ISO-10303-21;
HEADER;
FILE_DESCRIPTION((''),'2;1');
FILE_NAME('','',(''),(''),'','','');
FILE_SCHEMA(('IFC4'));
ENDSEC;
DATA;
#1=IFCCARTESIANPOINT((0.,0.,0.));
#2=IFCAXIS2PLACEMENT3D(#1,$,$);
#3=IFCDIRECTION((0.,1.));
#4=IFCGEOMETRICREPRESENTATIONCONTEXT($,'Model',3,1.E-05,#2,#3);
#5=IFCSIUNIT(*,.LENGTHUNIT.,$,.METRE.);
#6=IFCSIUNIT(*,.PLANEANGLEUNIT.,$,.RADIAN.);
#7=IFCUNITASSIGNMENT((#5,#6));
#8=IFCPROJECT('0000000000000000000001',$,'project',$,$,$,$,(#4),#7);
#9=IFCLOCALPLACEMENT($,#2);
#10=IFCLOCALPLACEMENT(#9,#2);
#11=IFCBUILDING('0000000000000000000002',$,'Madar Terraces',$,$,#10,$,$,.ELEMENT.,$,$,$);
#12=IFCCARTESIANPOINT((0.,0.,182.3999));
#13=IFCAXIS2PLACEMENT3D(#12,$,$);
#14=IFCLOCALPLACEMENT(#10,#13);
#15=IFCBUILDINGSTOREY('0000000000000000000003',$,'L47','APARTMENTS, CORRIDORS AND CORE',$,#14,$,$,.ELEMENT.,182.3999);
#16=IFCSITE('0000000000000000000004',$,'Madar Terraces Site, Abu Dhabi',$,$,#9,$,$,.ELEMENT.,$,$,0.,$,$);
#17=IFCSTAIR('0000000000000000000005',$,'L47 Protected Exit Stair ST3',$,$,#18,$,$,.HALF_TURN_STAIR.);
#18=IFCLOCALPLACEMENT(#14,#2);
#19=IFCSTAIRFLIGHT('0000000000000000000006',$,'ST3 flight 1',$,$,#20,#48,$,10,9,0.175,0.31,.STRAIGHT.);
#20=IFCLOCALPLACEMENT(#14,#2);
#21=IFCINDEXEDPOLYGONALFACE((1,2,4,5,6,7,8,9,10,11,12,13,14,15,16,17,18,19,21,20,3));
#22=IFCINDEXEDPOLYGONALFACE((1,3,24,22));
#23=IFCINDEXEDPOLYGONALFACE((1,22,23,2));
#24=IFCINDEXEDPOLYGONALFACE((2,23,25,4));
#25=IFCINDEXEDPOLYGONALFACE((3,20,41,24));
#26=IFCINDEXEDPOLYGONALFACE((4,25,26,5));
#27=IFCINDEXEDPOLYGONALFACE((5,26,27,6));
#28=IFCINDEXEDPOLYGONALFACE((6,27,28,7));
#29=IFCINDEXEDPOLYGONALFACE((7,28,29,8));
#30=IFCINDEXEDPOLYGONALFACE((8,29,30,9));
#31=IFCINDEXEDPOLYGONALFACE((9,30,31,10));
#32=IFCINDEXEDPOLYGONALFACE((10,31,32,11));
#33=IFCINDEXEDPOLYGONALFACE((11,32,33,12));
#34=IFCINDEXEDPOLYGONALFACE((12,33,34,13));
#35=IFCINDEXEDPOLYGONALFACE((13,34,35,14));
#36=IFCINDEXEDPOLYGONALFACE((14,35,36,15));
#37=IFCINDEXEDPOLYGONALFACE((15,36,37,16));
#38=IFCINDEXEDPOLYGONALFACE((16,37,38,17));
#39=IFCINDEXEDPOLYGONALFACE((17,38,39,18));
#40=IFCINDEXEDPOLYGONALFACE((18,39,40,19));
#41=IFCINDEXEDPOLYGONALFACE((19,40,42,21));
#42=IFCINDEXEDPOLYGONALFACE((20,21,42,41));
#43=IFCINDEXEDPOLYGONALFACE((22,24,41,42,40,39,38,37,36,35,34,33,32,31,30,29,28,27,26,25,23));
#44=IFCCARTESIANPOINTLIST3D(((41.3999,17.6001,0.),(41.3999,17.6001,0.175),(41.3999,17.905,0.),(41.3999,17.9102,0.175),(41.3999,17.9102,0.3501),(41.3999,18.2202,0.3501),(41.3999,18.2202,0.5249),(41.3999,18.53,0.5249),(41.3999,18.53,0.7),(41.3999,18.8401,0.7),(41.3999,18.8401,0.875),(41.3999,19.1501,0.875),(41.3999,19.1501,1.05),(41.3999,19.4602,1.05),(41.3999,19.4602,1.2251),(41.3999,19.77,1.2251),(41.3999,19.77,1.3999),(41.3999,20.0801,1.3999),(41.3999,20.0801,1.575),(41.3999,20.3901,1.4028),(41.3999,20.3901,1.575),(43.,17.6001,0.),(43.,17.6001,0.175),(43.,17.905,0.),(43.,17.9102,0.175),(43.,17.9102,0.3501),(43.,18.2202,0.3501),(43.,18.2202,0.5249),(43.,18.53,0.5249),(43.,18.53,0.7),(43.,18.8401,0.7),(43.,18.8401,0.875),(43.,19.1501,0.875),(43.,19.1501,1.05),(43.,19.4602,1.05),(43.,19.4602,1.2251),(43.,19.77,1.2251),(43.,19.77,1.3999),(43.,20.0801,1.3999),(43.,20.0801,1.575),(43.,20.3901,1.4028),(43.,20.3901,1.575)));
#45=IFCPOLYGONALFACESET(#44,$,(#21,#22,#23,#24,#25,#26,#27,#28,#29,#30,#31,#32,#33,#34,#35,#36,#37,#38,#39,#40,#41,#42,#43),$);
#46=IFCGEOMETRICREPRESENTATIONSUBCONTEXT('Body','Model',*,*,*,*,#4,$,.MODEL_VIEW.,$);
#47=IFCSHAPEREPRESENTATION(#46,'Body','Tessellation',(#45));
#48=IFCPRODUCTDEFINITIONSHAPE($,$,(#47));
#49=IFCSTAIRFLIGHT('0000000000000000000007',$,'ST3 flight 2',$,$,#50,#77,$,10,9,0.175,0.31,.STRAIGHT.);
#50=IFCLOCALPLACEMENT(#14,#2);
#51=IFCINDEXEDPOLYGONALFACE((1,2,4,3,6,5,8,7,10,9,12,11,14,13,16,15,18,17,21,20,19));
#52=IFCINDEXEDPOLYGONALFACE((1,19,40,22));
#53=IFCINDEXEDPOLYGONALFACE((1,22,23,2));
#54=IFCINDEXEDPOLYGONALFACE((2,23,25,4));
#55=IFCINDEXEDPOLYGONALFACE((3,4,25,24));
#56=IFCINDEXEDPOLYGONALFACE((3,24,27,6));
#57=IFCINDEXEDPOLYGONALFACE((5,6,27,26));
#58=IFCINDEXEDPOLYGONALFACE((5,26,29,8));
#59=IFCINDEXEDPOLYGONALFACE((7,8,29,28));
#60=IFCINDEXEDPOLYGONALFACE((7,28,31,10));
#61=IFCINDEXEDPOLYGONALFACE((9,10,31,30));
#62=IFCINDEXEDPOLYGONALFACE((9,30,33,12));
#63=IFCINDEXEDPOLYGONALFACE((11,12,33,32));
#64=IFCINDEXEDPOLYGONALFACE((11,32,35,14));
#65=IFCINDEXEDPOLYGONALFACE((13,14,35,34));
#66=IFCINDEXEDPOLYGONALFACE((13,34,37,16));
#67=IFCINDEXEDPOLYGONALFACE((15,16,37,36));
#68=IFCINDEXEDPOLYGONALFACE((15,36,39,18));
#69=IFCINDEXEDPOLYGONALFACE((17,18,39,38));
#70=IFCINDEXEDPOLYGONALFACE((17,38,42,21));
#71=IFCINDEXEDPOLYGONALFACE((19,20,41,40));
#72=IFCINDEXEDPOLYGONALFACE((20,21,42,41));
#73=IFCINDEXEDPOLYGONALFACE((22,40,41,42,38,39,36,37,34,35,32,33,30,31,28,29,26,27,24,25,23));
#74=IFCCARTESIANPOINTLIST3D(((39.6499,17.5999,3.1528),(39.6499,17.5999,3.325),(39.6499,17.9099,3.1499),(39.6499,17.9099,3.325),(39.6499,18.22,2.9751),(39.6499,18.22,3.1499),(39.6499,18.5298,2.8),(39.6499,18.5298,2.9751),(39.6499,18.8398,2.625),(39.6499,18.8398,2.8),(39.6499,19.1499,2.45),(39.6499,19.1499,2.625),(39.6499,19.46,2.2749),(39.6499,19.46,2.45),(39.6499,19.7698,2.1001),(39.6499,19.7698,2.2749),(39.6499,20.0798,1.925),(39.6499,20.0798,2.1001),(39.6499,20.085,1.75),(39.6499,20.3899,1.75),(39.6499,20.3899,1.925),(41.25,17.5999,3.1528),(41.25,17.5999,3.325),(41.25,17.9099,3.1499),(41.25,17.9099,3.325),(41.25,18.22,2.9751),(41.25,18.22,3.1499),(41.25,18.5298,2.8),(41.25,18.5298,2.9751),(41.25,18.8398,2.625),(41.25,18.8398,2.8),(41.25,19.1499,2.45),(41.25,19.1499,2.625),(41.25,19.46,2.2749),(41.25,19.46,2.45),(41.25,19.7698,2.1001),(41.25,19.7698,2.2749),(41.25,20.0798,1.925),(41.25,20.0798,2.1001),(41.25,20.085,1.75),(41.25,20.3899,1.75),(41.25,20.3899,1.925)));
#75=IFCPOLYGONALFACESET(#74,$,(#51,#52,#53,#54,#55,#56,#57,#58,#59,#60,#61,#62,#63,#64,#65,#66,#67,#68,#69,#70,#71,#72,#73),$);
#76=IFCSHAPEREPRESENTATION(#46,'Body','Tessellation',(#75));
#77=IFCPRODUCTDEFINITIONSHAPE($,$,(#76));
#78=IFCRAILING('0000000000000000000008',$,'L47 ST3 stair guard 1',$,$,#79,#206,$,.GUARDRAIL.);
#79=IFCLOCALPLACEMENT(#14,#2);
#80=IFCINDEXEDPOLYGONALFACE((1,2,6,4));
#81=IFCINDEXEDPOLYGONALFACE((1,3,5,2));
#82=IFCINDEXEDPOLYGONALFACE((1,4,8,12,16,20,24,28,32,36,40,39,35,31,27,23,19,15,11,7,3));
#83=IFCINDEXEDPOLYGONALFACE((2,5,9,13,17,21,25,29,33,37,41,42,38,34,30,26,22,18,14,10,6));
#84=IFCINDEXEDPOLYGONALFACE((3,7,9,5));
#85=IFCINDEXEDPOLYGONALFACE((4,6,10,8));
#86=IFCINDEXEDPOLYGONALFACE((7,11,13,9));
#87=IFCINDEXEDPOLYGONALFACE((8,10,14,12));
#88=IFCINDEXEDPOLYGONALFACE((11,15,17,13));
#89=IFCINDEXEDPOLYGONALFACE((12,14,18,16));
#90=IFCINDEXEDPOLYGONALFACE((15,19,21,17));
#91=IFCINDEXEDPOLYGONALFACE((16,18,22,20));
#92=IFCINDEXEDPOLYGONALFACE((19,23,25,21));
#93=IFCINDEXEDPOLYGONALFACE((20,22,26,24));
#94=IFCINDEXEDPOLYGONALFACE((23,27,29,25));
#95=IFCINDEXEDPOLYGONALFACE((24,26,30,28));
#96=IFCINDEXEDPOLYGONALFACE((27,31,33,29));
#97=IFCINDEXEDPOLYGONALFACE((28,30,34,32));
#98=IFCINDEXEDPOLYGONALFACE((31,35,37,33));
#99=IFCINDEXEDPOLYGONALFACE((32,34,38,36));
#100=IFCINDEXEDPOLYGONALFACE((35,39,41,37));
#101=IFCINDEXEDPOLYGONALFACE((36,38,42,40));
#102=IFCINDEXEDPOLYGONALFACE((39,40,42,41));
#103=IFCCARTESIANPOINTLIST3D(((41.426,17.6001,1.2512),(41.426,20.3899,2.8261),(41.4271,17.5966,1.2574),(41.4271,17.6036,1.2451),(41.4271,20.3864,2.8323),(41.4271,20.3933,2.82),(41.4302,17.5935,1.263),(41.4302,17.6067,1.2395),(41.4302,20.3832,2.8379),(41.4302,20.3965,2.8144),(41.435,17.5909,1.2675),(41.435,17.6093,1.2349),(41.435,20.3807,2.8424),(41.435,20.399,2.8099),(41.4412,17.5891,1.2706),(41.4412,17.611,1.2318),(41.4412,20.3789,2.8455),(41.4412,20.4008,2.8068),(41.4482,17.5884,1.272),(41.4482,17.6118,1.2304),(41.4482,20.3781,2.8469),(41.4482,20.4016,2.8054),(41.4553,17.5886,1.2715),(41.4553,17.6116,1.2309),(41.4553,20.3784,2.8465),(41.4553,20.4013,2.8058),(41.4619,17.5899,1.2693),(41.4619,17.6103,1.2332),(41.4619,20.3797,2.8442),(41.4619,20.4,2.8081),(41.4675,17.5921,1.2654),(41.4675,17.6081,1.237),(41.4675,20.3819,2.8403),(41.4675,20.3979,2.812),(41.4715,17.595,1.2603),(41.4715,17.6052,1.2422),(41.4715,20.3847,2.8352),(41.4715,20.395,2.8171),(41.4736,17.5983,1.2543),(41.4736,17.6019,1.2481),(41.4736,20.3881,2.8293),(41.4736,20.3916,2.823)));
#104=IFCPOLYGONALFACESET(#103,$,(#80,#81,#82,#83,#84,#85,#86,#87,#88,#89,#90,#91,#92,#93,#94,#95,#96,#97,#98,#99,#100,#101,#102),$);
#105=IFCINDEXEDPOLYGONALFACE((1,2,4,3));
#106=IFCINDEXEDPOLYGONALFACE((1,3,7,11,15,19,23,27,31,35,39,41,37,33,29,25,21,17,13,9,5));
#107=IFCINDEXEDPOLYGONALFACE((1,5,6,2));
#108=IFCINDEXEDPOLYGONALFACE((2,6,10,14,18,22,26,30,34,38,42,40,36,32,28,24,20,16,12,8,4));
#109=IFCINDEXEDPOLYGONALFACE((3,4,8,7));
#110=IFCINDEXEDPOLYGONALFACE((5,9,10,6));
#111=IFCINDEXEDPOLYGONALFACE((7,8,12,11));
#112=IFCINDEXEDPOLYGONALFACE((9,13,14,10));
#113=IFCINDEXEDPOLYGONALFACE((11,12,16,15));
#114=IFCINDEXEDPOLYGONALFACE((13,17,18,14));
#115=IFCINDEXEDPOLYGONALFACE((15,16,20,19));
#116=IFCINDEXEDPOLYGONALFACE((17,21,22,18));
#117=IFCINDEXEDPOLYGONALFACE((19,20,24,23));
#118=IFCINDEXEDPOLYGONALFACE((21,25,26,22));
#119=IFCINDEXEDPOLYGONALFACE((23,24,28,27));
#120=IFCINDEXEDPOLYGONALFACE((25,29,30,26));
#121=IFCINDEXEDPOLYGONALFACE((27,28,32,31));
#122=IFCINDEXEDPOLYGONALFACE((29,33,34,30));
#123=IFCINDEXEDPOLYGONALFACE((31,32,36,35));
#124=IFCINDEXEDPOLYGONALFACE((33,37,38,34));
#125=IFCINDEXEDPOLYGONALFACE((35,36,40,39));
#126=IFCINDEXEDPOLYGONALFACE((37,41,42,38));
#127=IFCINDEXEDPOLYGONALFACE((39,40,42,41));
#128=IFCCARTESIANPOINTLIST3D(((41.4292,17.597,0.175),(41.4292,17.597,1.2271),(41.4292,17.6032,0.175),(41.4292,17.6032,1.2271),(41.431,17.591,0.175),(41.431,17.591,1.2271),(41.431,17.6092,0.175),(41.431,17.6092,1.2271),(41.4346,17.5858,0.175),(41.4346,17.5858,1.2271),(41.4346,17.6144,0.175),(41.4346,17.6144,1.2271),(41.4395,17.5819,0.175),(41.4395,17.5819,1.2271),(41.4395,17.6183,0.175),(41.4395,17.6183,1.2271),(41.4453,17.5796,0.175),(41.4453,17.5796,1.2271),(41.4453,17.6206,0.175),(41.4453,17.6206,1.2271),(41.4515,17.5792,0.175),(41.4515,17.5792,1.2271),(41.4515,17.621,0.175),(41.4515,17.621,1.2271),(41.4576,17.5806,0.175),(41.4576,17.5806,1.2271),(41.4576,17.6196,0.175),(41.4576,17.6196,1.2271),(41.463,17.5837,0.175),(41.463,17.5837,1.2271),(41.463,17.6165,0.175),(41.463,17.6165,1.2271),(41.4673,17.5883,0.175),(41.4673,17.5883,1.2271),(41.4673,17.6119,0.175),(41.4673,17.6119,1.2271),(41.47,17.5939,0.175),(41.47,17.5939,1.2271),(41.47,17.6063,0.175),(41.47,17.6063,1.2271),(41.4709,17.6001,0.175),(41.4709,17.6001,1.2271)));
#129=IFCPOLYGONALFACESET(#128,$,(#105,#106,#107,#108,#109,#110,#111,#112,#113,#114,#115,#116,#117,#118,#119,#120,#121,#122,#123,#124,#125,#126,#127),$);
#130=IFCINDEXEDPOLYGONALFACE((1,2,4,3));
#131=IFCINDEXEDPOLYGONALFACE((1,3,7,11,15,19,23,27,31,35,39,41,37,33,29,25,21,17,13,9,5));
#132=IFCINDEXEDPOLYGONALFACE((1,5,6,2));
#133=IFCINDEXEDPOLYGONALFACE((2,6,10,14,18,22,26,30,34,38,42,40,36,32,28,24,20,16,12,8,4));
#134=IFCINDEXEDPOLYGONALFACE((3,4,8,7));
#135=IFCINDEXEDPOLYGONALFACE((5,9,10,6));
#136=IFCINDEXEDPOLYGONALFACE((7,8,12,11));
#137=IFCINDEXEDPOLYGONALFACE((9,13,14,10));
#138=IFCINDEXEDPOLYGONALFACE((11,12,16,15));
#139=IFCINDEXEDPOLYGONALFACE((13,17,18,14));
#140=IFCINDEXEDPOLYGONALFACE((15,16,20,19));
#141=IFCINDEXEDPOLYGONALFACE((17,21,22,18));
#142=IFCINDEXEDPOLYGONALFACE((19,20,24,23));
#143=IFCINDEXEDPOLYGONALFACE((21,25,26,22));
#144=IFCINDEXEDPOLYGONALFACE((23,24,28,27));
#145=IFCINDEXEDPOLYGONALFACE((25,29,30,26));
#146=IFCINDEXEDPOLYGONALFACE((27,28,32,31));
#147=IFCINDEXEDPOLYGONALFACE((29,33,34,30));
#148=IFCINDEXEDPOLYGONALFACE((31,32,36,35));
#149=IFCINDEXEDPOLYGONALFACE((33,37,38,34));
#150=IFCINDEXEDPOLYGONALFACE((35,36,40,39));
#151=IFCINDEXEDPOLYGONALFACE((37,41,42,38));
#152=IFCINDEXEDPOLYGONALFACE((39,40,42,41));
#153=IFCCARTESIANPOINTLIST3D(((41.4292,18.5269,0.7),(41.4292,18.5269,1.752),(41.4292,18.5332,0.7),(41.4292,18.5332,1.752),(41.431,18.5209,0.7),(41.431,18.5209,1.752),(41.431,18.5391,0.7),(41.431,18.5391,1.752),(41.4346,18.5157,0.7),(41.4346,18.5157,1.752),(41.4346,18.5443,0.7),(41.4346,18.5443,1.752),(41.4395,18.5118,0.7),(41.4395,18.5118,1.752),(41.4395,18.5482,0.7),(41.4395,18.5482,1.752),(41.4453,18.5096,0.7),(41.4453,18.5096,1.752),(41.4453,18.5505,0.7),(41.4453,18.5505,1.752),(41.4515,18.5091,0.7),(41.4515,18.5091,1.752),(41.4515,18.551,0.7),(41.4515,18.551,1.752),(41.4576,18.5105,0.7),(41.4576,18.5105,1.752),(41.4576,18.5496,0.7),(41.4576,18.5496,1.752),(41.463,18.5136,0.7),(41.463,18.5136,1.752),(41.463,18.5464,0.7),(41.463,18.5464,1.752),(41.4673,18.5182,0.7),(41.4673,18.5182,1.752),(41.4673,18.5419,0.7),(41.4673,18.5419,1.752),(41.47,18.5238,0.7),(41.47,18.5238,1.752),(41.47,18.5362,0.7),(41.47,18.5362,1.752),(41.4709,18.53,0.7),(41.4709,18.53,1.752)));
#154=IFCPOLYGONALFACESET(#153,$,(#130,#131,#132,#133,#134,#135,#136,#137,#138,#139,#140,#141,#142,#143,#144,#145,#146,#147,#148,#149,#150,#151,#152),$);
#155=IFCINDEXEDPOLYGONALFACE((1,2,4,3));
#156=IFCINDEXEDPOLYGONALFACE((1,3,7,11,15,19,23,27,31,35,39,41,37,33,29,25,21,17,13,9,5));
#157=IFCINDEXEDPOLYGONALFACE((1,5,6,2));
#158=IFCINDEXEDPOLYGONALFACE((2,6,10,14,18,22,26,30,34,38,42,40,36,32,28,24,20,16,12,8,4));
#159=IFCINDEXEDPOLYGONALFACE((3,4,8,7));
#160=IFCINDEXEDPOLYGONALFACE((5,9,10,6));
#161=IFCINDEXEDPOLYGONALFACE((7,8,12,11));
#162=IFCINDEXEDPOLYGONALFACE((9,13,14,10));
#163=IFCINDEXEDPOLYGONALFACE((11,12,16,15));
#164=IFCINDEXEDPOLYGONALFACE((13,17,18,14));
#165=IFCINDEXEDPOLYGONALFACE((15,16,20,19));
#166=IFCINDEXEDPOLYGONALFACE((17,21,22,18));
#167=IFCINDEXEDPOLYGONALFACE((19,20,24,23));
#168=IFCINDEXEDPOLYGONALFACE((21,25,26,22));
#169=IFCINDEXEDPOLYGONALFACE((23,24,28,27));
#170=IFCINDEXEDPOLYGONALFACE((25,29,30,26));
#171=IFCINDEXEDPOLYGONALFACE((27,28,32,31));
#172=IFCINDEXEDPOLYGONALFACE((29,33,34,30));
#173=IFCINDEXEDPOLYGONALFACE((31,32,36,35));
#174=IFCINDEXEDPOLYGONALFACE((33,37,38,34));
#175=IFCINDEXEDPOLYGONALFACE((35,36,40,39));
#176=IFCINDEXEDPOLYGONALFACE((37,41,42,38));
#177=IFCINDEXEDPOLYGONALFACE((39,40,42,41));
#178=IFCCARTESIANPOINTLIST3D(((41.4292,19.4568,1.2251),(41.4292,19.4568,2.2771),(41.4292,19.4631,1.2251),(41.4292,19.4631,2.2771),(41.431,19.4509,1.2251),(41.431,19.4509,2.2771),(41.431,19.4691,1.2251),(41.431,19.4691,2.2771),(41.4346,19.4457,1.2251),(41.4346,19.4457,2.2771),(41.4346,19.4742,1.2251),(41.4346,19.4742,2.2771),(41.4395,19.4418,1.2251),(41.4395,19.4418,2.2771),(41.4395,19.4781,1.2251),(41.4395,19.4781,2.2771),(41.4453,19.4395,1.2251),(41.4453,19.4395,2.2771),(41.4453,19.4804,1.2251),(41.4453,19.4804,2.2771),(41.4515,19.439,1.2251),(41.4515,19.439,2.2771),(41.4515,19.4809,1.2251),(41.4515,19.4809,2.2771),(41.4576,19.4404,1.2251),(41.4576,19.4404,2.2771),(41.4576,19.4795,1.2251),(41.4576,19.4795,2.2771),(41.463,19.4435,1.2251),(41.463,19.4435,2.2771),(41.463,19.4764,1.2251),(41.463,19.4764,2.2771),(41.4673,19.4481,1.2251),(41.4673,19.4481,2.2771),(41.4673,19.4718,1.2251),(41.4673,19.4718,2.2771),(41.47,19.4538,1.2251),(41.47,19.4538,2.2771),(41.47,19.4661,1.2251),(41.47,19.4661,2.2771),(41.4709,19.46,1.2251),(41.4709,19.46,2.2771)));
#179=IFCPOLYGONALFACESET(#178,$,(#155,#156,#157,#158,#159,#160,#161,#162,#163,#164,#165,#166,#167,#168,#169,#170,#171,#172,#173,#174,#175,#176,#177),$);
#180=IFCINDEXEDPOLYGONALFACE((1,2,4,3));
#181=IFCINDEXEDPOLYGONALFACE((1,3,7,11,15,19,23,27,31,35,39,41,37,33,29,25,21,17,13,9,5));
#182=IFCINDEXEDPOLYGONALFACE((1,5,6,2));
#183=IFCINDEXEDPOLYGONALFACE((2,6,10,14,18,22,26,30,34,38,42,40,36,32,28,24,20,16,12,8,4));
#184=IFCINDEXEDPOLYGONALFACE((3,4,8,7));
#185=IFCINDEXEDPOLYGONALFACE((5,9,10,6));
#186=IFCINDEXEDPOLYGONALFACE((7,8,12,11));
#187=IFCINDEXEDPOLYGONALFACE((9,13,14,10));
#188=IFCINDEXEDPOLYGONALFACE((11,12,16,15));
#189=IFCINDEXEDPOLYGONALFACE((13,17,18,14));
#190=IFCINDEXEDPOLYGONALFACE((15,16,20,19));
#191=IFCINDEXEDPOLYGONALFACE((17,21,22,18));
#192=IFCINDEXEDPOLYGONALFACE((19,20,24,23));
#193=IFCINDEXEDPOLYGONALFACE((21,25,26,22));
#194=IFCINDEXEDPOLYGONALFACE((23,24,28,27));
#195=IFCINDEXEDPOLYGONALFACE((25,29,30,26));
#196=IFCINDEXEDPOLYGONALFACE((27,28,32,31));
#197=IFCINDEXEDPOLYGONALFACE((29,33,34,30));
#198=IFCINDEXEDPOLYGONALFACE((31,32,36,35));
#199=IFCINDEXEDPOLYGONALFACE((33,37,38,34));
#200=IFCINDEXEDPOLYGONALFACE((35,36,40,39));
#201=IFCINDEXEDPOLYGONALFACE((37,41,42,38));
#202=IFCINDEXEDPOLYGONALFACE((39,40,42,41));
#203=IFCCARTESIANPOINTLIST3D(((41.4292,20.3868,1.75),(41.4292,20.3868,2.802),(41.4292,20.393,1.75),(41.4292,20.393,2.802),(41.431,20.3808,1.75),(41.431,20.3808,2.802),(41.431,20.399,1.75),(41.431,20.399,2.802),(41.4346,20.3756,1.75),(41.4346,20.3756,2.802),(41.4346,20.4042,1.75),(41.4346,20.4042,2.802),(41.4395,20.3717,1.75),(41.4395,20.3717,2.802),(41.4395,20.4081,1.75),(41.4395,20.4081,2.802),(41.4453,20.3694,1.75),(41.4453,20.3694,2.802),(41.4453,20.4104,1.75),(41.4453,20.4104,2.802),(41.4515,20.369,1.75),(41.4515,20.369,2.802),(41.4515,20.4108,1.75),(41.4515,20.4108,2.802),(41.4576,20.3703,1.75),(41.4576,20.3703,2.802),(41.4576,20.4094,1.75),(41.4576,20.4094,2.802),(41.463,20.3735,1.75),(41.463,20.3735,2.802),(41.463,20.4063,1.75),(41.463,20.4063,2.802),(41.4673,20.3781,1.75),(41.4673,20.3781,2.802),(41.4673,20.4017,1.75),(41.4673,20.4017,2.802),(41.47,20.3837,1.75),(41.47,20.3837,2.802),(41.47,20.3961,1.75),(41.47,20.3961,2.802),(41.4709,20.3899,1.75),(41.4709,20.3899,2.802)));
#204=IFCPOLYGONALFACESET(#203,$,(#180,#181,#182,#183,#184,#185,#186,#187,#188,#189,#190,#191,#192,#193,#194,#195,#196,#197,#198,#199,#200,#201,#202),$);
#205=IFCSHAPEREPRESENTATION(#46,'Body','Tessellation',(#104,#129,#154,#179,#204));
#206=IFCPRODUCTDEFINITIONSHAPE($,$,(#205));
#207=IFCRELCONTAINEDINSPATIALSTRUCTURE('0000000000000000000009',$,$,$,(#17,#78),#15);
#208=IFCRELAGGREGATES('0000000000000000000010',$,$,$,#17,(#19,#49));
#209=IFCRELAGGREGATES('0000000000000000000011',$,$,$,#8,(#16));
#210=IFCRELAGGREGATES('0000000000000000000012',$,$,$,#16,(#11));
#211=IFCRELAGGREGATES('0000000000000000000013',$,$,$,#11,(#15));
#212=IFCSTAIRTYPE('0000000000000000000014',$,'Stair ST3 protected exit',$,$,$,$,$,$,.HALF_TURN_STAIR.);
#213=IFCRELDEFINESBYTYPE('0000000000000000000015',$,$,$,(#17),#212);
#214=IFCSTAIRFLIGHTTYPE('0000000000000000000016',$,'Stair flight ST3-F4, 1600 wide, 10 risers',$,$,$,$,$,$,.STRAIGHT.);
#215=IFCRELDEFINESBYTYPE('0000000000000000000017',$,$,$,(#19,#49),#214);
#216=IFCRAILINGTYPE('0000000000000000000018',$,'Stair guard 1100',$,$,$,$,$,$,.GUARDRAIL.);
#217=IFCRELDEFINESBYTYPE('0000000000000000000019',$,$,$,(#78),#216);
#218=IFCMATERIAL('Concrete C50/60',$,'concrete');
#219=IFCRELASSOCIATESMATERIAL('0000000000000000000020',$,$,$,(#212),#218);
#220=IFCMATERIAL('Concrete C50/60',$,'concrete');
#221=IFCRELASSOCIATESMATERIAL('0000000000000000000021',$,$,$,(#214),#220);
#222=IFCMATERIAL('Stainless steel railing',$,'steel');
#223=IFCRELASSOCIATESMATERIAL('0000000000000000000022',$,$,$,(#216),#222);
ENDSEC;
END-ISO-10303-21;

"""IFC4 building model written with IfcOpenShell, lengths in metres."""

from ifc_helpers import new_model, si_unit, direction, frame, origin, origin_2d, place, context, subcontext, project, spatial, polyline, circle, outline, extrude, material, type_object, element, aggregate, save


model = new_model("IFC4")

# Units and contexts
model_context = context("Model", 3, precision=1e-05, world=origin(), true_north=direction((0.0, 1.0)))
body_context = subcontext(model_context, "Body", "Model", "MODEL_VIEW")
ifc_project = project(units=[si_unit("LENGTHUNIT", "METRE"), si_unit("PLANEANGLEUNIT", "RADIAN")], contexts=[model_context])

# Site, building, storey
site_placement = place(None, origin())
site = spatial("IfcSite", under=ifc_project, at=site_placement, Name="Madar Terraces Site, Abu Dhabi", CompositionType="ELEMENT", RefElevation=0.0)
building_placement = place(site_placement, origin())
building = spatial("IfcBuilding", under=site, at=building_placement, Name="Madar Terraces", CompositionType="ELEMENT")
storey_placement = place(building_placement, frame((0.0, 0.0, 182.3999)))
storey = spatial("IfcBuildingStorey", under=building, at=storey_placement, Name="L47", Description="APARTMENTS, CORRIDORS AND CORE", CompositionType="ELEMENT", Elevation=182.3999)

# Stair, stair flights
ifc_material_1 = material(Name="Concrete C50/60", Category="concrete")
stair_type = type_object("IfcStairType", Name="Stair ST3 protected exit", PredefinedType="HALF_TURN_STAIR", material=ifc_material_1)
stair_placement = place(storey_placement, origin())
stair = element("IfcStair", 1, at=stair_placement, inside=storey, type_object=stair_type, Name="L47 Protected Exit Stair ST3", PredefinedType="HALF_TURN_STAIR")
ifc_material_2 = material(Name="Concrete C50/60", Category="concrete")
stair_flight_type = type_object("IfcStairFlightType", Name="Stair flight ST3-F4, 1600 wide, 10 risers", PredefinedType="STRAIGHT", material=ifc_material_2)
stair_flight_1_placement = place(storey_placement, frame((42.2, 17.6001, 0.0), z_axis=(0.0, 0.0, 1.0), x_axis=(0.0, 1.0, 0.0)))
stair_flight_1 = element("IfcStairFlight", 2, at=stair_flight_1_placement, type_object=stair_flight_type, Name="ST3 flight 1", NumberOfRisers=10, NumberOfTreads=9, PredefinedType="STRAIGHT", RiserHeight=0.175, TreadLength=0.31, context=body_context, shape_type="SweptSolid", body=[
    extrude(outline(polyline([(0.0, 0.0), (0.0, 0.175), (0.3101, 0.175), (0.3101, 0.3501), (0.6201, 0.3501), (0.6201, 0.5249), (0.9299, 0.5249), (0.9299, 0.7), (1.24, 0.7), (1.24, 0.875), (1.55, 0.875), (1.55, 1.05), (1.8601, 1.05), (1.8601, 1.2251), (2.1699, 1.2251), (2.1699, 1.3999), (2.48, 1.3999), (2.48, 1.575), (2.79, 1.575), (2.79, 1.75), (2.79, 1.4028), (0.3049, 0.0), (0.0, 0.0)])), frame((0.0, 0.8, 0.0), z_axis=(0.0, -1.0, 0.0), x_axis=(1.0, 0.0, 0.0)), (0.0, 0.0, 1.0), 1.6001),
])
stair_flight_2_placement = place(storey_placement, frame((40.45, 20.3899, 1.75), z_axis=(0.0, 0.0, 1.0), x_axis=(0.0, -1.0, 0.0)))
stair_flight_2 = element("IfcStairFlight", 3, at=stair_flight_2_placement, type_object=stair_flight_type, Name="ST3 flight 2", NumberOfRisers=10, NumberOfTreads=9, PredefinedType="STRAIGHT", RiserHeight=0.175, TreadLength=0.31, context=body_context, shape_type="SweptSolid", body=[
    extrude(outline(polyline([(0.0, 0.0), (0.0, 0.175), (0.3101, 0.175), (0.3101, 0.3501), (0.6201, 0.3501), (0.6201, 0.5249), (0.9299, 0.5249), (0.9299, 0.7), (1.24, 0.7), (1.24, 0.875), (1.55, 0.875), (1.55, 1.05), (1.8601, 1.05), (1.8601, 1.2251), (2.1699, 1.2251), (2.1699, 1.3999), (2.48, 1.3999), (2.48, 1.575), (2.79, 1.575), (2.79, 1.75), (2.79, 1.4028), (0.3049, 0.0), (0.0, 0.0)])), frame((0.0, 0.8, 0.0), z_axis=(0.0, -1.0, 0.0), x_axis=(1.0, 0.0, 0.0)), (0.0, 0.0, 1.0), 1.6001),
])
aggregate(stair, [stair_flight_1, stair_flight_2])

# Railing
ifc_material_3 = material(Name="Stainless steel railing", Category="steel")
railing_type_1 = type_object("IfcRailingType", Name="Stair guard 1100", PredefinedType="GUARDRAIL", material=ifc_material_3)
railing_1_placement = place(storey_placement, frame((41.45, 17.6001, 0.175)))
element("IfcRailing", 4, at=railing_1_placement, inside=storey, type_object=railing_type_1, Name="L47 ST3 stair guard 1", PredefinedType="GUARDRAIL", context=body_context, shape_type="SweptSolid", body=[
    extrude(circle(Radius=0.0239, at=origin_2d()), frame((0.0, 0.0, 1.0762), z_axis=(0.0, 0.870815, 0.49161), x_axis=(-1.0, 0.0, 0.0)), (0.0, 0.0, 1.0), 3.2036),
    extrude(circle(Radius=0.021, at=origin_2d()), origin(), (0.0, 0.0, 1.0), 1.052),
    extrude(circle(Radius=0.021, at=origin_2d()), frame((0.0, 0.9299, 0.5249)), (0.0, 0.0, 1.0), 1.052),
    extrude(circle(Radius=0.021, at=origin_2d()), frame((0.0, 1.8599, 1.05)), (0.0, 0.0, 1.0), 1.052),
    extrude(circle(Radius=0.021, at=origin_2d()), frame((0.0, 2.7898, 1.575)), (0.0, 0.0, 1.0), 1.052),
])

save(model, "model.ifc")
